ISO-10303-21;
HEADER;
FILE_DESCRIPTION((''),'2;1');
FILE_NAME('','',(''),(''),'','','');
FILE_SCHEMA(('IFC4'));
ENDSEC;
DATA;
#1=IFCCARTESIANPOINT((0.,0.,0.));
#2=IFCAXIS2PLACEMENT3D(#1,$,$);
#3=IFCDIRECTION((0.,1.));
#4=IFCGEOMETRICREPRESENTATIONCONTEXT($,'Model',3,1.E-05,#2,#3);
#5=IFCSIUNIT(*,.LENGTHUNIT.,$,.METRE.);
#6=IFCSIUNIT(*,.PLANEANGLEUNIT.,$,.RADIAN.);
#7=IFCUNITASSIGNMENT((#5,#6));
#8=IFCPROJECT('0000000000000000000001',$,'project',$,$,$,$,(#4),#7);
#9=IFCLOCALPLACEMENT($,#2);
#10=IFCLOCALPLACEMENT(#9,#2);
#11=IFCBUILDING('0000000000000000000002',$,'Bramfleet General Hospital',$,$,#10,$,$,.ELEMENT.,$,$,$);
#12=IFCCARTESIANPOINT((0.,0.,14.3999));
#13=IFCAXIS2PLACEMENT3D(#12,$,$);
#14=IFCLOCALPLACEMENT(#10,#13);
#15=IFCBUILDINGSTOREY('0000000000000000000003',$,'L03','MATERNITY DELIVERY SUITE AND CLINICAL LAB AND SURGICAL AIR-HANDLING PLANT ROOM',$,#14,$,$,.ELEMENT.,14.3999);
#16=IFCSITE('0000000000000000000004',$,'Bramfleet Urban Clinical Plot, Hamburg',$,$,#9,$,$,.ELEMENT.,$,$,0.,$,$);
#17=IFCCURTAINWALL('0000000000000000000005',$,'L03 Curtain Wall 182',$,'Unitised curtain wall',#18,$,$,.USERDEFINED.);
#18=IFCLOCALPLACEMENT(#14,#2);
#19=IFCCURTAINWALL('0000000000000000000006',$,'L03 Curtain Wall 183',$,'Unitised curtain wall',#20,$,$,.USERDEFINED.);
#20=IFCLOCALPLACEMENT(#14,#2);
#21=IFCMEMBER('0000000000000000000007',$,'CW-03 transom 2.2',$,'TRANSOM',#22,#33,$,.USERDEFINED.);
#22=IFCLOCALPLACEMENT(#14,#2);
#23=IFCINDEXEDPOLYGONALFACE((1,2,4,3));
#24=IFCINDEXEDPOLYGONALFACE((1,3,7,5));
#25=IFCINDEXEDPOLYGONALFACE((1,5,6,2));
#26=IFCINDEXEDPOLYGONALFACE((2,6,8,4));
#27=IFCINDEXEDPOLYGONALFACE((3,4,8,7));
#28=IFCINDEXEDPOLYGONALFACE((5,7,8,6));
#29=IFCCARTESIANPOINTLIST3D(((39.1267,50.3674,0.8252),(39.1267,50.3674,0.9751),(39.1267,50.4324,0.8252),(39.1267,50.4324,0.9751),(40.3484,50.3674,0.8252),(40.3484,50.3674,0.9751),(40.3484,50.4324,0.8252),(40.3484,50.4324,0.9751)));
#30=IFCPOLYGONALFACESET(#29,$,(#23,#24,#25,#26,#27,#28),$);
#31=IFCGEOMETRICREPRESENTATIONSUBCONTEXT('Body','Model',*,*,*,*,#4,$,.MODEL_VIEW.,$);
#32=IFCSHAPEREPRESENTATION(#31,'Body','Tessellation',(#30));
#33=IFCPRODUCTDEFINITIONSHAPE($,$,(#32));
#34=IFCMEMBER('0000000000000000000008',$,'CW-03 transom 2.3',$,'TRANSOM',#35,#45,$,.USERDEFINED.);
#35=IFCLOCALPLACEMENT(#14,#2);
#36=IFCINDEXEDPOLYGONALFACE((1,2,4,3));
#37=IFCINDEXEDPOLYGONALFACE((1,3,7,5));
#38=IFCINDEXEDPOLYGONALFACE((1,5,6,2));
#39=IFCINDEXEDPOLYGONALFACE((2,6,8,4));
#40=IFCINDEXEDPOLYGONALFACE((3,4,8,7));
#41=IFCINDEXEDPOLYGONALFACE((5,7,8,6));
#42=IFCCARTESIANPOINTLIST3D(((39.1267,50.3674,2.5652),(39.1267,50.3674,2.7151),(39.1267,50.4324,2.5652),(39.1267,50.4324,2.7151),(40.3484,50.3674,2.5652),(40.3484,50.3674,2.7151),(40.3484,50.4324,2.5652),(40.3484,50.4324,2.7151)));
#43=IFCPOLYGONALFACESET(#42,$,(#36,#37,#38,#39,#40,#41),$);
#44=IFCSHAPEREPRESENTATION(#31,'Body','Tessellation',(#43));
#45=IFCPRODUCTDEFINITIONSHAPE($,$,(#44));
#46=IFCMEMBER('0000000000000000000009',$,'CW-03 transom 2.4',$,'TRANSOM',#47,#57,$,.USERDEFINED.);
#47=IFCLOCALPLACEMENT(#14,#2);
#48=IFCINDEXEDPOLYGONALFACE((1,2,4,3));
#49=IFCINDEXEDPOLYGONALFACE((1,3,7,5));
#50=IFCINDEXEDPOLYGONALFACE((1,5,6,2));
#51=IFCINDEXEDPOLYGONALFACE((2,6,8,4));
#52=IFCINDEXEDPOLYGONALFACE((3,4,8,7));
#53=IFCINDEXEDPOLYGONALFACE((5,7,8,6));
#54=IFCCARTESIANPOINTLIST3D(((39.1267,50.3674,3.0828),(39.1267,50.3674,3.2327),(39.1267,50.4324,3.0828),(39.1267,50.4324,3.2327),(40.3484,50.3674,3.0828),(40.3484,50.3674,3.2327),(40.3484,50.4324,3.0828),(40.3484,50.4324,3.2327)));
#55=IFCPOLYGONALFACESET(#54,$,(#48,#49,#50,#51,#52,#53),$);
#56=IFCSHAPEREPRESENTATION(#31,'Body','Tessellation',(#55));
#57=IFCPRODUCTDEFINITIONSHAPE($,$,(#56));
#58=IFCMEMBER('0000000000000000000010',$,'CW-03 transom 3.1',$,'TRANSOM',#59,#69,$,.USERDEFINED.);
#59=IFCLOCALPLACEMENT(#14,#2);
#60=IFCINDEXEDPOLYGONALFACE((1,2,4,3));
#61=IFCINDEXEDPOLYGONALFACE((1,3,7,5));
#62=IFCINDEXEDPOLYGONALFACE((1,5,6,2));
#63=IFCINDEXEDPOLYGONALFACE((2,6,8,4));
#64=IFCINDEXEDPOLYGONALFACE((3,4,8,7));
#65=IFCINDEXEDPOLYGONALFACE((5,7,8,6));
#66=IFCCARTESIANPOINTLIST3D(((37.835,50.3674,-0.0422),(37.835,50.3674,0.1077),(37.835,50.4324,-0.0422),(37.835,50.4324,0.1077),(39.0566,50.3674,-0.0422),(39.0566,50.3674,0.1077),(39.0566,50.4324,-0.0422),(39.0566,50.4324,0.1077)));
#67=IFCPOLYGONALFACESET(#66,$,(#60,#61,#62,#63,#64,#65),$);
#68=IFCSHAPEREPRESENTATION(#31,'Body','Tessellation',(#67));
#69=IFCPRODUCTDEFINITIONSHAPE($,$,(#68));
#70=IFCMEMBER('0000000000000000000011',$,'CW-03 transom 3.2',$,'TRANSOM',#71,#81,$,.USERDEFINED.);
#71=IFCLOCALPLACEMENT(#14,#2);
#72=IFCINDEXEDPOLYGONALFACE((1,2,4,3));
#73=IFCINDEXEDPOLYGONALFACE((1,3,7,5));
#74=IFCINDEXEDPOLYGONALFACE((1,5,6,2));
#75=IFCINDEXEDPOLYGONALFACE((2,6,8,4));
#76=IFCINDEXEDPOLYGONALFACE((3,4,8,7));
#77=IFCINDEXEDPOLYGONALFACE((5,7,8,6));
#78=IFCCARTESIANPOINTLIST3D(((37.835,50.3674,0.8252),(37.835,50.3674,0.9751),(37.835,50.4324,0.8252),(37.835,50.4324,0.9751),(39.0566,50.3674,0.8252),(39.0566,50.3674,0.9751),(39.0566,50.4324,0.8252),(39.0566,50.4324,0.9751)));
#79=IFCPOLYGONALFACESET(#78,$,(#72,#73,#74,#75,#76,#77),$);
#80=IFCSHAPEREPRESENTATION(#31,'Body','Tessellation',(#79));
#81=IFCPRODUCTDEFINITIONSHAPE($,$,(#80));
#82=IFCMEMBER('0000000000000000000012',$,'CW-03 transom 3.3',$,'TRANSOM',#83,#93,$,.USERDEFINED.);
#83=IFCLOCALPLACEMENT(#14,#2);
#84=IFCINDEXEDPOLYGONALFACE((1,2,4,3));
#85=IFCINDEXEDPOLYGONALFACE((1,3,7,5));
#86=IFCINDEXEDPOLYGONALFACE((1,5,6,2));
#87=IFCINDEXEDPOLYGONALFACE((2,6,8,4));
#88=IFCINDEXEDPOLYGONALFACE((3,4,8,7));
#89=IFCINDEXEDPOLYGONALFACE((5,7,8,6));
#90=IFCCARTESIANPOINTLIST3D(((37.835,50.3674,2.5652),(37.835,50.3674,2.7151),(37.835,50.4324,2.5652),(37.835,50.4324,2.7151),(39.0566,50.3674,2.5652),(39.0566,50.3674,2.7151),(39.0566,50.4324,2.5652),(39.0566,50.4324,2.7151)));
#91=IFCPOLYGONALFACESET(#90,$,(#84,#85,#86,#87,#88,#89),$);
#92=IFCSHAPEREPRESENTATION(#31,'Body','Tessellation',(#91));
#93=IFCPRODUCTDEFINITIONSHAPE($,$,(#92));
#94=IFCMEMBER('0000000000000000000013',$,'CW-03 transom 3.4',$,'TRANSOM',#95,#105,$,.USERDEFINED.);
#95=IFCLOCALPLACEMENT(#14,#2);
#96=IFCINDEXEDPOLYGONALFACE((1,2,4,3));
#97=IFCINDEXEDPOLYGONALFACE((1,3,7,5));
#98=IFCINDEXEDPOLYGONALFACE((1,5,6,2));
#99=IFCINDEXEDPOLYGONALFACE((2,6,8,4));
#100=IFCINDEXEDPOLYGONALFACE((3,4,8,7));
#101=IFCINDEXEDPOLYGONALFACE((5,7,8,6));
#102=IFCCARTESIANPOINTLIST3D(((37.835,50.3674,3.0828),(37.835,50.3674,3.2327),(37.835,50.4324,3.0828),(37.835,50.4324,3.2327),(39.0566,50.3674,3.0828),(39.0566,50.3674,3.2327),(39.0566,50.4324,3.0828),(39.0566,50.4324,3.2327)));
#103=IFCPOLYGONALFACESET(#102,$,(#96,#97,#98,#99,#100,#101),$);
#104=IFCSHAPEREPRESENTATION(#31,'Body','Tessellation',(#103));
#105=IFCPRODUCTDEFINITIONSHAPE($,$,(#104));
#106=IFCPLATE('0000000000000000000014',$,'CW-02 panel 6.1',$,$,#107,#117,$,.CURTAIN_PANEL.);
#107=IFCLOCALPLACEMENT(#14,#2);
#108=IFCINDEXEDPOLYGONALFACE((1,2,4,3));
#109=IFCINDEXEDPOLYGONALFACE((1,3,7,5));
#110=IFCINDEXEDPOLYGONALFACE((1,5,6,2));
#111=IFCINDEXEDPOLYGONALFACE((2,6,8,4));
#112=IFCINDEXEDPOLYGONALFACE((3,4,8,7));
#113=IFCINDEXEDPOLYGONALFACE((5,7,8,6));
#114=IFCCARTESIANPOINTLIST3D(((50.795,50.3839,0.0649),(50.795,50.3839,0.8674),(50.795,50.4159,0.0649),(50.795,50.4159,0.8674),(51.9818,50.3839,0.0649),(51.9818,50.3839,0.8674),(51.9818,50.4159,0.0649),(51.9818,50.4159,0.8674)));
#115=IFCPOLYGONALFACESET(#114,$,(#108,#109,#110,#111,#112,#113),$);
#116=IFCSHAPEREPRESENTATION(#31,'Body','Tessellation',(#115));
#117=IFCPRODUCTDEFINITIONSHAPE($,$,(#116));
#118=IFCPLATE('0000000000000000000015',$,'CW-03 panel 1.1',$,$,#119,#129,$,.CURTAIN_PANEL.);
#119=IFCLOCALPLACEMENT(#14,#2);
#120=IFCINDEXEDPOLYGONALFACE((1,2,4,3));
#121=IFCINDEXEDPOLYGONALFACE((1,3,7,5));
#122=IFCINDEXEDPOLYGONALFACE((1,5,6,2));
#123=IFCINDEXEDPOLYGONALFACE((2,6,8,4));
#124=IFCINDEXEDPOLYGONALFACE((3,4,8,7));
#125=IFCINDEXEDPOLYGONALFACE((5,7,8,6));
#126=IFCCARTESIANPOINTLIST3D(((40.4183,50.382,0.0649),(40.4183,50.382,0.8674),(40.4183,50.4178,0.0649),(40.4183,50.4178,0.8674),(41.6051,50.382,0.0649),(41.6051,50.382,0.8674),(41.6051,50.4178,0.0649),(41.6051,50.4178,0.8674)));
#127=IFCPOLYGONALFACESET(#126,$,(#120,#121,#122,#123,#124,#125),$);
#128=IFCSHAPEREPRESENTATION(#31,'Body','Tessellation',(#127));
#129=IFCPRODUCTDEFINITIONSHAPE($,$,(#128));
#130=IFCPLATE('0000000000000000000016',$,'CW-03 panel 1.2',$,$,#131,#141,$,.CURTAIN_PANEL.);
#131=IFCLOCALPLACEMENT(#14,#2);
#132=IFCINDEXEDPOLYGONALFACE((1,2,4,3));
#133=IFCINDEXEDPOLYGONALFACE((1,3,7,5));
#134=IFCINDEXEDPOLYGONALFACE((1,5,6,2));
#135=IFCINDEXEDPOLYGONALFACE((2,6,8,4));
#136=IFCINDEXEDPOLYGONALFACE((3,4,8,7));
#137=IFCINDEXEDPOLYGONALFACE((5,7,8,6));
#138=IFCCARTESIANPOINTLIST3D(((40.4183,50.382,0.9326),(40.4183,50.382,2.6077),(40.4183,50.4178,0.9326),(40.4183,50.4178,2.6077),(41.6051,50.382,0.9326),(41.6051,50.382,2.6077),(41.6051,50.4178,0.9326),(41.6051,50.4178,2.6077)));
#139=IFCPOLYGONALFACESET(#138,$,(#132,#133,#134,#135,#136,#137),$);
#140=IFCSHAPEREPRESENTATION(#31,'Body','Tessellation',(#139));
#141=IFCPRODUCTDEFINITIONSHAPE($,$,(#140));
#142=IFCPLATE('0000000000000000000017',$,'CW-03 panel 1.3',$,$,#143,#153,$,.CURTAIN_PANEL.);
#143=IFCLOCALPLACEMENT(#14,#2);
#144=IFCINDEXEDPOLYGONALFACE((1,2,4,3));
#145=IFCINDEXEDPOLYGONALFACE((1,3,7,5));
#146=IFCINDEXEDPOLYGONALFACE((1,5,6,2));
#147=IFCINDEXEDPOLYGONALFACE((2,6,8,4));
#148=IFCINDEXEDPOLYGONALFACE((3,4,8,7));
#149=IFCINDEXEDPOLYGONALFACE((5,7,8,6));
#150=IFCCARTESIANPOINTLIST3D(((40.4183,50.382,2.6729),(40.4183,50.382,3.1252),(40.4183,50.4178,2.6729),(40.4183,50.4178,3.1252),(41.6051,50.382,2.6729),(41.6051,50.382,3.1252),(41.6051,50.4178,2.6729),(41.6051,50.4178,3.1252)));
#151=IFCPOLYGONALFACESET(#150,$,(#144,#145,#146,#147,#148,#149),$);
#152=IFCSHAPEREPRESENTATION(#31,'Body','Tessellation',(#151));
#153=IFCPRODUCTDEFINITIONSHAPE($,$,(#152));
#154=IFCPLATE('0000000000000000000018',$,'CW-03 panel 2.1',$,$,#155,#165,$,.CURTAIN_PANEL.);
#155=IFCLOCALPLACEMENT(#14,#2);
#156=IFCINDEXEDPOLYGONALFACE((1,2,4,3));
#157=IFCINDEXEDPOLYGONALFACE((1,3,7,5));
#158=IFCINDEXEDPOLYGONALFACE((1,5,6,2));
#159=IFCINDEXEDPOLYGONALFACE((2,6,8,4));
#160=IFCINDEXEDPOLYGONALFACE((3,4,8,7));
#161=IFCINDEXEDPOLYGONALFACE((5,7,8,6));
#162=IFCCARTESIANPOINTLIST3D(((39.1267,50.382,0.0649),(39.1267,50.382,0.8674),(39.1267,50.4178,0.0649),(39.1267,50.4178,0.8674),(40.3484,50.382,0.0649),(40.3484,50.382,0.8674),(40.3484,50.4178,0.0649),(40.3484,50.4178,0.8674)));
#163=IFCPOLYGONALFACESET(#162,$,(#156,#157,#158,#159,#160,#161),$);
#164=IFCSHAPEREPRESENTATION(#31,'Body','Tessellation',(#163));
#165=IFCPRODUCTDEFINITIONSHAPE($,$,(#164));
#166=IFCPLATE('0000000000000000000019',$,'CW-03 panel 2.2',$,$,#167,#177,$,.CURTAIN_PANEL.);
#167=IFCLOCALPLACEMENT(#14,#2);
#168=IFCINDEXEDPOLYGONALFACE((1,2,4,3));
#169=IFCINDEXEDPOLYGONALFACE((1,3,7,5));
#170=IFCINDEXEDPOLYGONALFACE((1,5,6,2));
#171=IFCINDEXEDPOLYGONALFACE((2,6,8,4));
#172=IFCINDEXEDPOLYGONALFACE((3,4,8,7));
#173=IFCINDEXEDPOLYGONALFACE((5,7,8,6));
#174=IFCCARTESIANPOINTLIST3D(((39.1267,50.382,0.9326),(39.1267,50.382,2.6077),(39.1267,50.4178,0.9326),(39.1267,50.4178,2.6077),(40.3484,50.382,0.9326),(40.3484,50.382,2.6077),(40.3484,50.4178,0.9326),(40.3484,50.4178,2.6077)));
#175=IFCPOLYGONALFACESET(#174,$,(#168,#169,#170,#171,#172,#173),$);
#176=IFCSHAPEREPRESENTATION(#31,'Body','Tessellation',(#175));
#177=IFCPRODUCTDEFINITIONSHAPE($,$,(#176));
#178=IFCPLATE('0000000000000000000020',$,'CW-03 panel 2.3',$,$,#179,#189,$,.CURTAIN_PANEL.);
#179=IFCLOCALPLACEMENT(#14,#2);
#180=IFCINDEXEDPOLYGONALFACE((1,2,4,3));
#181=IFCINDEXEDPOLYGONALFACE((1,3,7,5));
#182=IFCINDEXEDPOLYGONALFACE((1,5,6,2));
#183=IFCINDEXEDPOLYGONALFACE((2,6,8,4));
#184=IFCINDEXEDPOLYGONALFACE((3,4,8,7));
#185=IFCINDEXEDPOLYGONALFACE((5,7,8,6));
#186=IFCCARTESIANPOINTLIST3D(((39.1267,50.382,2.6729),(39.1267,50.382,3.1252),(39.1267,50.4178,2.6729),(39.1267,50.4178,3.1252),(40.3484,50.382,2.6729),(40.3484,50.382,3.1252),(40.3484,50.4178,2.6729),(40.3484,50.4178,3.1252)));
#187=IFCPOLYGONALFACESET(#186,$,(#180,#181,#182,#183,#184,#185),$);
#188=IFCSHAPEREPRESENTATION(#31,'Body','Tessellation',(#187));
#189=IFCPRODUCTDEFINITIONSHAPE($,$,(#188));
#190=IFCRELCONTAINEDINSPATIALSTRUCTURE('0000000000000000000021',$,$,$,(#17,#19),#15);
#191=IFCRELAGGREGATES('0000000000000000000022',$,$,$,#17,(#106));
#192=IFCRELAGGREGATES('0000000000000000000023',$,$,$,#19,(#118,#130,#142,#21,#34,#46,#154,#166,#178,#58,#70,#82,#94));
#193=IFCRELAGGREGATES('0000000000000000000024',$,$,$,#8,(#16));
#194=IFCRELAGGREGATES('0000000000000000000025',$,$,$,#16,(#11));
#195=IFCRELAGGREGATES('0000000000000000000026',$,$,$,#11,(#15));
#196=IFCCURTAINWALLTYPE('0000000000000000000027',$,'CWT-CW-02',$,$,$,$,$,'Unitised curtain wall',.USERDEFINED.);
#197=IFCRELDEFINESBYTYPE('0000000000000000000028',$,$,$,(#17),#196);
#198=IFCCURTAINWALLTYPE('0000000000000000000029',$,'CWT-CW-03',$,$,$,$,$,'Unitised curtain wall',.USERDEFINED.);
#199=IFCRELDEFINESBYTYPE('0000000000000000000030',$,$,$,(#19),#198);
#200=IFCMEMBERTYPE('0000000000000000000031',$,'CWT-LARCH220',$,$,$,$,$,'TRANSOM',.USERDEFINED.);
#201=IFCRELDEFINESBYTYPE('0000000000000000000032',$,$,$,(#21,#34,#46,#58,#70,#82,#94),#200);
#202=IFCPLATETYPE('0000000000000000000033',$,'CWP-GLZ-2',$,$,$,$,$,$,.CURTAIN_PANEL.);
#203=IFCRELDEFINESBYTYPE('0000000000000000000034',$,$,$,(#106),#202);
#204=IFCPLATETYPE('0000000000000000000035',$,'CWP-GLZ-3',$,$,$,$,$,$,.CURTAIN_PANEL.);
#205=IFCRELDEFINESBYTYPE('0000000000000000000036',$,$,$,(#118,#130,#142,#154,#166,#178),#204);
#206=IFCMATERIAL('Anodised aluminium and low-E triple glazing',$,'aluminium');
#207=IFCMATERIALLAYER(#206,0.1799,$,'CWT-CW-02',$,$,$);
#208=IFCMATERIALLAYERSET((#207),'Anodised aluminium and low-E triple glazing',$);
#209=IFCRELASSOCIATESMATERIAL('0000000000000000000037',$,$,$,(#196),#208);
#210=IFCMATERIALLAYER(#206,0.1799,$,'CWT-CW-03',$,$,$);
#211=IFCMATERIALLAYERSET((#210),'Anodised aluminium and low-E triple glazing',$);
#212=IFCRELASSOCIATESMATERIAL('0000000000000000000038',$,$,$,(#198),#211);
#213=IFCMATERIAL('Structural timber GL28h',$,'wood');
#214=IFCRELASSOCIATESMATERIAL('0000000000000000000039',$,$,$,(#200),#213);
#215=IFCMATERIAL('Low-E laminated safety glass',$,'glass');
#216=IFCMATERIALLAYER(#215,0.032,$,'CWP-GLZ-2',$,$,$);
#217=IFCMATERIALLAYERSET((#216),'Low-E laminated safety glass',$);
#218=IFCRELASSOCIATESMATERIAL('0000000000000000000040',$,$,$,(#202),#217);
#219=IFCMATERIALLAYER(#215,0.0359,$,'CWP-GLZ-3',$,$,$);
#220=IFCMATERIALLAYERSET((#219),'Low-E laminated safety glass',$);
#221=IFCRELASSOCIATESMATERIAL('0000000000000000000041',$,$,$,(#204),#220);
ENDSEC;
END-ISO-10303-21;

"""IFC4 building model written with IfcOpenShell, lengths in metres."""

from ifc_helpers import new_model, si_unit, direction, frame, origin, origin_2d, place, context, subcontext, project, spatial, rectangle, extrude, material, layer, layer_set, material_profile, profile_set, type_object, element, aggregate, save


model = new_model("IFC4")

# Units and contexts
model_context = context("Model", 3, precision=1e-05, world=origin(), true_north=direction((0.0, 1.0)))
body_context = subcontext(model_context, "Body", "Model", "MODEL_VIEW")
ifc_project = project(units=[si_unit("LENGTHUNIT", "METRE"), si_unit("PLANEANGLEUNIT", "RADIAN")], contexts=[model_context])

# Site, building, storey
site_placement = place(None, origin())
site = spatial("IfcSite", under=ifc_project, at=site_placement, Name="Bramfleet Urban Clinical Plot, Hamburg", CompositionType="ELEMENT", RefElevation=0.0)
building_placement = place(site_placement, origin())
building = spatial("IfcBuilding", under=site, at=building_placement, Name="Bramfleet General Hospital", CompositionType="ELEMENT")
storey_placement = place(building_placement, frame((0.0, 0.0, 14.3999)))
storey = spatial("IfcBuildingStorey", under=building, at=storey_placement, Name="L03", Description="MATERNITY DELIVERY SUITE AND CLINICAL LAB AND SURGICAL AIR-HANDLING PLANT ROOM", CompositionType="ELEMENT", Elevation=14.3999)

# Curtain wall
ifc_material_1 = material(Name="Anodised aluminium and low-E triple glazing", Category="aluminium")
ifc_layer_1 = layer(ifc_material_1, 0.1799, Name="CWT-CW-02")
ifc_layer_set_1 = layer_set([ifc_layer_1], Name="Anodised aluminium and low-E triple glazing")
curtain_wall_type_1 = type_object("IfcCurtainWallType", Name="CWT-CW-02", ElementType="Unitised curtain wall", PredefinedType="USERDEFINED", material=ifc_layer_set_1)
curtain_wall_1_placement = place(storey_placement, origin())
curtain_wall_1 = element("IfcCurtainWall", 1, at=curtain_wall_1_placement, inside=storey, type_object=curtain_wall_type_1, Name="L03 Curtain Wall 182", ObjectType="Unitised curtain wall", PredefinedType="USERDEFINED")
ifc_material_2 = material(Name="Structural timber GL28h", Category="wood")

# Curtain wall, members
ifc_layer_2 = layer(ifc_material_1, 0.1799, Name="CWT-CW-03")
ifc_layer_set_2 = layer_set([ifc_layer_2], Name="Anodised aluminium and low-E triple glazing")
curtain_wall_type_2 = type_object("IfcCurtainWallType", Name="CWT-CW-03", ElementType="Unitised curtain wall", PredefinedType="USERDEFINED", material=ifc_layer_set_2)
curtain_wall_2_placement = place(storey_placement, origin())
curtain_wall_2 = element("IfcCurtainWall", 2, at=curtain_wall_2_placement, inside=storey, type_object=curtain_wall_type_2, Name="L03 Curtain Wall 183", ObjectType="Unitised curtain wall", PredefinedType="USERDEFINED")
ifc_material_profile_1 = material_profile(ifc_material_2, rectangle(XDim=0.0649, YDim=0.1499, at=origin_2d()), Name="LARCH 150x65")
ifc_profile_set_1 = profile_set([ifc_material_profile_1], Name="Structural timber GL28h")
member_type_1 = type_object("IfcMemberType", Name="CWT-LARCH220", ElementType="TRANSOM", PredefinedType="USERDEFINED", material=ifc_profile_set_1)
member_1_placement = place(storey_placement, frame((40.3484, 50.3999, 0.9001), z_axis=(-1.0, 0.0, 0.0), x_axis=(0.0, -1.0, 0.0)))
member_1 = element("IfcMember", 3, at=member_1_placement, type_object=member_type_1, Name="CW-03 transom 2.2", ObjectType="TRANSOM", PredefinedType="USERDEFINED", context=body_context, shape_type="SweptSolid", body=[
    extrude(rectangle(XDim=0.0649, YDim=0.1499, at=origin_2d()), origin(), (0.0, 0.0, 1.0), 1.2217),
])
member_2_placement = place(storey_placement, frame((40.3484, 50.3999, 2.6401), z_axis=(-1.0, 0.0, 0.0), x_axis=(0.0, -1.0, 0.0)))
member_2 = element("IfcMember", 4, at=member_2_placement, type_object=member_type_1, Name="CW-03 transom 2.3", ObjectType="TRANSOM", PredefinedType="USERDEFINED", context=body_context, shape_type="SweptSolid", body=[
    extrude(rectangle(XDim=0.0649, YDim=0.1499, at=origin_2d()), origin(), (0.0, 0.0, 1.0), 1.2217),
])
member_3_placement = place(storey_placement, frame((40.3484, 50.3999, 3.1577), z_axis=(-1.0, 0.0, 0.0), x_axis=(0.0, -1.0, 0.0)))
member_3 = element("IfcMember", 5, at=member_3_placement, type_object=member_type_1, Name="CW-03 transom 2.4", ObjectType="TRANSOM", PredefinedType="USERDEFINED", context=body_context, shape_type="SweptSolid", body=[
    extrude(rectangle(XDim=0.0649, YDim=0.1499, at=origin_2d()), origin(), (0.0, 0.0, 1.0), 1.2217),
])
member_4_placement = place(storey_placement, frame((39.0566, 50.3999, 0.0327), z_axis=(-1.0, 0.0, 0.0), x_axis=(0.0, -1.0, 0.0)))
member_4 = element("IfcMember", 6, at=member_4_placement, type_object=member_type_1, Name="CW-03 transom 3.1", ObjectType="TRANSOM", PredefinedType="USERDEFINED", context=body_context, shape_type="SweptSolid", body=[
    extrude(rectangle(XDim=0.0649, YDim=0.1499, at=origin_2d()), origin(), (0.0, 0.0, 1.0), 1.2217),
])
member_5_placement = place(storey_placement, frame((39.0566, 50.3999, 0.9001), z_axis=(-1.0, 0.0, 0.0), x_axis=(0.0, -1.0, 0.0)))
member_5 = element("IfcMember", 7, at=member_5_placement, type_object=member_type_1, Name="CW-03 transom 3.2", ObjectType="TRANSOM", PredefinedType="USERDEFINED", context=body_context, shape_type="SweptSolid", body=[
    extrude(rectangle(XDim=0.0649, YDim=0.1499, at=origin_2d()), origin(), (0.0, 0.0, 1.0), 1.2217),
])
member_6_placement = place(storey_placement, frame((39.0566, 50.3999, 2.6401), z_axis=(-1.0, 0.0, 0.0), x_axis=(0.0, -1.0, 0.0)))
member_6 = element("IfcMember", 8, at=member_6_placement, type_object=member_type_1, Name="CW-03 transom 3.3", ObjectType="TRANSOM", PredefinedType="USERDEFINED", context=body_context, shape_type="SweptSolid", body=[
    extrude(rectangle(XDim=0.0649, YDim=0.1499, at=origin_2d()), origin(), (0.0, 0.0, 1.0), 1.2217),
])
member_7_placement = place(storey_placement, frame((39.0566, 50.3999, 3.1577), z_axis=(-1.0, 0.0, 0.0), x_axis=(0.0, -1.0, 0.0)))
member_7 = element("IfcMember", 9, at=member_7_placement, type_object=member_type_1, Name="CW-03 transom 3.4", ObjectType="TRANSOM", PredefinedType="USERDEFINED", context=body_context, shape_type="SweptSolid", body=[
    extrude(rectangle(XDim=0.0649, YDim=0.1499, at=origin_2d()), origin(), (0.0, 0.0, 1.0), 1.2217),
])

# Plates
ifc_material_3 = material(Name="Low-E laminated safety glass", Category="glass")
ifc_layer_3 = layer(ifc_material_3, 0.032, Name="CWP-GLZ-2")
ifc_layer_set_3 = layer_set([ifc_layer_3], Name="Low-E laminated safety glass")
plate_type_1 = type_object("IfcPlateType", Name="CWP-GLZ-2", PredefinedType="CURTAIN_PANEL", material=ifc_layer_set_3)
plate_1_placement = place(storey_placement, frame((51.3884, 50.3999, 0.0649), z_axis=(0.0, 0.0, 1.0), x_axis=(-1.0, 0.0, 0.0)))
plate_1 = element("IfcPlate", 10, at=plate_1_placement, type_object=plate_type_1, Name="CW-02 panel 6.1", PredefinedType="CURTAIN_PANEL", context=body_context, shape_type="SweptSolid", body=[
    extrude(rectangle(XDim=1.1868, YDim=0.032, at=origin_2d()), origin(), (0.0, 0.0, 1.0), 0.8025),
])
aggregate(curtain_wall_1, [plate_1])
ifc_layer_4 = layer(ifc_material_3, 0.0359, Name="CWP-GLZ-3")
ifc_layer_set_4 = layer_set([ifc_layer_4], Name="Low-E laminated safety glass")
plate_type_2 = type_object("IfcPlateType", Name="CWP-GLZ-3", PredefinedType="CURTAIN_PANEL", material=ifc_layer_set_4)
plate_2_placement = place(storey_placement, frame((41.0117, 50.3999, 0.0649), z_axis=(0.0, 0.0, 1.0), x_axis=(-1.0, 0.0, 0.0)))
plate_2 = element("IfcPlate", 11, at=plate_2_placement, type_object=plate_type_2, Name="CW-03 panel 1.1", PredefinedType="CURTAIN_PANEL", context=body_context, shape_type="SweptSolid", body=[
    extrude(rectangle(XDim=1.1868, YDim=0.0359, at=origin_2d()), origin(), (0.0, 0.0, 1.0), 0.8025),
])
plate_3_placement = place(storey_placement, frame((41.0117, 50.3999, 0.9326), z_axis=(0.0, 0.0, 1.0), x_axis=(-1.0, 0.0, 0.0)))
plate_3 = element("IfcPlate", 12, at=plate_3_placement, type_object=plate_type_2, Name="CW-03 panel 1.2", PredefinedType="CURTAIN_PANEL", context=body_context, shape_type="SweptSolid", body=[
    extrude(rectangle(XDim=1.1868, YDim=0.0359, at=origin_2d()), origin(), (0.0, 0.0, 1.0), 1.675),
])
plate_4_placement = place(storey_placement, frame((41.0117, 50.3999, 2.6729), z_axis=(0.0, 0.0, 1.0), x_axis=(-1.0, 0.0, 0.0)))
plate_4 = element("IfcPlate", 13, at=plate_4_placement, type_object=plate_type_2, Name="CW-03 panel 1.3", PredefinedType="CURTAIN_PANEL", context=body_context, shape_type="SweptSolid", body=[
    extrude(rectangle(XDim=1.1868, YDim=0.0359, at=origin_2d()), origin(), (0.0, 0.0, 1.0), 0.4524),
])
plate_5_placement = place(storey_placement, frame((39.7375, 50.3999, 0.0649), z_axis=(0.0, 0.0, 1.0), x_axis=(-1.0, 0.0, 0.0)))
plate_5 = element("IfcPlate", 14, at=plate_5_placement, type_object=plate_type_2, Name="CW-03 panel 2.1", PredefinedType="CURTAIN_PANEL", context=body_context, shape_type="SweptSolid", body=[
    extrude(rectangle(XDim=1.2217, YDim=0.0359, at=origin_2d()), origin(), (0.0, 0.0, 1.0), 0.8025),
])
plate_6_placement = place(storey_placement, frame((39.7375, 50.3999, 0.9326), z_axis=(0.0, 0.0, 1.0), x_axis=(-1.0, 0.0, 0.0)))
plate_6 = element("IfcPlate", 15, at=plate_6_placement, type_object=plate_type_2, Name="CW-03 panel 2.2", PredefinedType="CURTAIN_PANEL", context=body_context, shape_type="SweptSolid", body=[
    extrude(rectangle(XDim=1.2217, YDim=0.0359, at=origin_2d()), origin(), (0.0, 0.0, 1.0), 1.675),
])
plate_7_placement = place(storey_placement, frame((39.7375, 50.3999, 2.6729), z_axis=(0.0, 0.0, 1.0), x_axis=(-1.0, 0.0, 0.0)))
plate_7 = element("IfcPlate", 16, at=plate_7_placement, type_object=plate_type_2, Name="CW-03 panel 2.3", PredefinedType="CURTAIN_PANEL", context=body_context, shape_type="SweptSolid", body=[
    extrude(rectangle(XDim=1.2217, YDim=0.0359, at=origin_2d()), origin(), (0.0, 0.0, 1.0), 0.4524),
])
aggregate(curtain_wall_2, [plate_2, plate_3, plate_4, member_1, member_2, member_3, plate_5, plate_6, plate_7, member_4, member_5, member_6, member_7])

save(model, "model.ifc")
